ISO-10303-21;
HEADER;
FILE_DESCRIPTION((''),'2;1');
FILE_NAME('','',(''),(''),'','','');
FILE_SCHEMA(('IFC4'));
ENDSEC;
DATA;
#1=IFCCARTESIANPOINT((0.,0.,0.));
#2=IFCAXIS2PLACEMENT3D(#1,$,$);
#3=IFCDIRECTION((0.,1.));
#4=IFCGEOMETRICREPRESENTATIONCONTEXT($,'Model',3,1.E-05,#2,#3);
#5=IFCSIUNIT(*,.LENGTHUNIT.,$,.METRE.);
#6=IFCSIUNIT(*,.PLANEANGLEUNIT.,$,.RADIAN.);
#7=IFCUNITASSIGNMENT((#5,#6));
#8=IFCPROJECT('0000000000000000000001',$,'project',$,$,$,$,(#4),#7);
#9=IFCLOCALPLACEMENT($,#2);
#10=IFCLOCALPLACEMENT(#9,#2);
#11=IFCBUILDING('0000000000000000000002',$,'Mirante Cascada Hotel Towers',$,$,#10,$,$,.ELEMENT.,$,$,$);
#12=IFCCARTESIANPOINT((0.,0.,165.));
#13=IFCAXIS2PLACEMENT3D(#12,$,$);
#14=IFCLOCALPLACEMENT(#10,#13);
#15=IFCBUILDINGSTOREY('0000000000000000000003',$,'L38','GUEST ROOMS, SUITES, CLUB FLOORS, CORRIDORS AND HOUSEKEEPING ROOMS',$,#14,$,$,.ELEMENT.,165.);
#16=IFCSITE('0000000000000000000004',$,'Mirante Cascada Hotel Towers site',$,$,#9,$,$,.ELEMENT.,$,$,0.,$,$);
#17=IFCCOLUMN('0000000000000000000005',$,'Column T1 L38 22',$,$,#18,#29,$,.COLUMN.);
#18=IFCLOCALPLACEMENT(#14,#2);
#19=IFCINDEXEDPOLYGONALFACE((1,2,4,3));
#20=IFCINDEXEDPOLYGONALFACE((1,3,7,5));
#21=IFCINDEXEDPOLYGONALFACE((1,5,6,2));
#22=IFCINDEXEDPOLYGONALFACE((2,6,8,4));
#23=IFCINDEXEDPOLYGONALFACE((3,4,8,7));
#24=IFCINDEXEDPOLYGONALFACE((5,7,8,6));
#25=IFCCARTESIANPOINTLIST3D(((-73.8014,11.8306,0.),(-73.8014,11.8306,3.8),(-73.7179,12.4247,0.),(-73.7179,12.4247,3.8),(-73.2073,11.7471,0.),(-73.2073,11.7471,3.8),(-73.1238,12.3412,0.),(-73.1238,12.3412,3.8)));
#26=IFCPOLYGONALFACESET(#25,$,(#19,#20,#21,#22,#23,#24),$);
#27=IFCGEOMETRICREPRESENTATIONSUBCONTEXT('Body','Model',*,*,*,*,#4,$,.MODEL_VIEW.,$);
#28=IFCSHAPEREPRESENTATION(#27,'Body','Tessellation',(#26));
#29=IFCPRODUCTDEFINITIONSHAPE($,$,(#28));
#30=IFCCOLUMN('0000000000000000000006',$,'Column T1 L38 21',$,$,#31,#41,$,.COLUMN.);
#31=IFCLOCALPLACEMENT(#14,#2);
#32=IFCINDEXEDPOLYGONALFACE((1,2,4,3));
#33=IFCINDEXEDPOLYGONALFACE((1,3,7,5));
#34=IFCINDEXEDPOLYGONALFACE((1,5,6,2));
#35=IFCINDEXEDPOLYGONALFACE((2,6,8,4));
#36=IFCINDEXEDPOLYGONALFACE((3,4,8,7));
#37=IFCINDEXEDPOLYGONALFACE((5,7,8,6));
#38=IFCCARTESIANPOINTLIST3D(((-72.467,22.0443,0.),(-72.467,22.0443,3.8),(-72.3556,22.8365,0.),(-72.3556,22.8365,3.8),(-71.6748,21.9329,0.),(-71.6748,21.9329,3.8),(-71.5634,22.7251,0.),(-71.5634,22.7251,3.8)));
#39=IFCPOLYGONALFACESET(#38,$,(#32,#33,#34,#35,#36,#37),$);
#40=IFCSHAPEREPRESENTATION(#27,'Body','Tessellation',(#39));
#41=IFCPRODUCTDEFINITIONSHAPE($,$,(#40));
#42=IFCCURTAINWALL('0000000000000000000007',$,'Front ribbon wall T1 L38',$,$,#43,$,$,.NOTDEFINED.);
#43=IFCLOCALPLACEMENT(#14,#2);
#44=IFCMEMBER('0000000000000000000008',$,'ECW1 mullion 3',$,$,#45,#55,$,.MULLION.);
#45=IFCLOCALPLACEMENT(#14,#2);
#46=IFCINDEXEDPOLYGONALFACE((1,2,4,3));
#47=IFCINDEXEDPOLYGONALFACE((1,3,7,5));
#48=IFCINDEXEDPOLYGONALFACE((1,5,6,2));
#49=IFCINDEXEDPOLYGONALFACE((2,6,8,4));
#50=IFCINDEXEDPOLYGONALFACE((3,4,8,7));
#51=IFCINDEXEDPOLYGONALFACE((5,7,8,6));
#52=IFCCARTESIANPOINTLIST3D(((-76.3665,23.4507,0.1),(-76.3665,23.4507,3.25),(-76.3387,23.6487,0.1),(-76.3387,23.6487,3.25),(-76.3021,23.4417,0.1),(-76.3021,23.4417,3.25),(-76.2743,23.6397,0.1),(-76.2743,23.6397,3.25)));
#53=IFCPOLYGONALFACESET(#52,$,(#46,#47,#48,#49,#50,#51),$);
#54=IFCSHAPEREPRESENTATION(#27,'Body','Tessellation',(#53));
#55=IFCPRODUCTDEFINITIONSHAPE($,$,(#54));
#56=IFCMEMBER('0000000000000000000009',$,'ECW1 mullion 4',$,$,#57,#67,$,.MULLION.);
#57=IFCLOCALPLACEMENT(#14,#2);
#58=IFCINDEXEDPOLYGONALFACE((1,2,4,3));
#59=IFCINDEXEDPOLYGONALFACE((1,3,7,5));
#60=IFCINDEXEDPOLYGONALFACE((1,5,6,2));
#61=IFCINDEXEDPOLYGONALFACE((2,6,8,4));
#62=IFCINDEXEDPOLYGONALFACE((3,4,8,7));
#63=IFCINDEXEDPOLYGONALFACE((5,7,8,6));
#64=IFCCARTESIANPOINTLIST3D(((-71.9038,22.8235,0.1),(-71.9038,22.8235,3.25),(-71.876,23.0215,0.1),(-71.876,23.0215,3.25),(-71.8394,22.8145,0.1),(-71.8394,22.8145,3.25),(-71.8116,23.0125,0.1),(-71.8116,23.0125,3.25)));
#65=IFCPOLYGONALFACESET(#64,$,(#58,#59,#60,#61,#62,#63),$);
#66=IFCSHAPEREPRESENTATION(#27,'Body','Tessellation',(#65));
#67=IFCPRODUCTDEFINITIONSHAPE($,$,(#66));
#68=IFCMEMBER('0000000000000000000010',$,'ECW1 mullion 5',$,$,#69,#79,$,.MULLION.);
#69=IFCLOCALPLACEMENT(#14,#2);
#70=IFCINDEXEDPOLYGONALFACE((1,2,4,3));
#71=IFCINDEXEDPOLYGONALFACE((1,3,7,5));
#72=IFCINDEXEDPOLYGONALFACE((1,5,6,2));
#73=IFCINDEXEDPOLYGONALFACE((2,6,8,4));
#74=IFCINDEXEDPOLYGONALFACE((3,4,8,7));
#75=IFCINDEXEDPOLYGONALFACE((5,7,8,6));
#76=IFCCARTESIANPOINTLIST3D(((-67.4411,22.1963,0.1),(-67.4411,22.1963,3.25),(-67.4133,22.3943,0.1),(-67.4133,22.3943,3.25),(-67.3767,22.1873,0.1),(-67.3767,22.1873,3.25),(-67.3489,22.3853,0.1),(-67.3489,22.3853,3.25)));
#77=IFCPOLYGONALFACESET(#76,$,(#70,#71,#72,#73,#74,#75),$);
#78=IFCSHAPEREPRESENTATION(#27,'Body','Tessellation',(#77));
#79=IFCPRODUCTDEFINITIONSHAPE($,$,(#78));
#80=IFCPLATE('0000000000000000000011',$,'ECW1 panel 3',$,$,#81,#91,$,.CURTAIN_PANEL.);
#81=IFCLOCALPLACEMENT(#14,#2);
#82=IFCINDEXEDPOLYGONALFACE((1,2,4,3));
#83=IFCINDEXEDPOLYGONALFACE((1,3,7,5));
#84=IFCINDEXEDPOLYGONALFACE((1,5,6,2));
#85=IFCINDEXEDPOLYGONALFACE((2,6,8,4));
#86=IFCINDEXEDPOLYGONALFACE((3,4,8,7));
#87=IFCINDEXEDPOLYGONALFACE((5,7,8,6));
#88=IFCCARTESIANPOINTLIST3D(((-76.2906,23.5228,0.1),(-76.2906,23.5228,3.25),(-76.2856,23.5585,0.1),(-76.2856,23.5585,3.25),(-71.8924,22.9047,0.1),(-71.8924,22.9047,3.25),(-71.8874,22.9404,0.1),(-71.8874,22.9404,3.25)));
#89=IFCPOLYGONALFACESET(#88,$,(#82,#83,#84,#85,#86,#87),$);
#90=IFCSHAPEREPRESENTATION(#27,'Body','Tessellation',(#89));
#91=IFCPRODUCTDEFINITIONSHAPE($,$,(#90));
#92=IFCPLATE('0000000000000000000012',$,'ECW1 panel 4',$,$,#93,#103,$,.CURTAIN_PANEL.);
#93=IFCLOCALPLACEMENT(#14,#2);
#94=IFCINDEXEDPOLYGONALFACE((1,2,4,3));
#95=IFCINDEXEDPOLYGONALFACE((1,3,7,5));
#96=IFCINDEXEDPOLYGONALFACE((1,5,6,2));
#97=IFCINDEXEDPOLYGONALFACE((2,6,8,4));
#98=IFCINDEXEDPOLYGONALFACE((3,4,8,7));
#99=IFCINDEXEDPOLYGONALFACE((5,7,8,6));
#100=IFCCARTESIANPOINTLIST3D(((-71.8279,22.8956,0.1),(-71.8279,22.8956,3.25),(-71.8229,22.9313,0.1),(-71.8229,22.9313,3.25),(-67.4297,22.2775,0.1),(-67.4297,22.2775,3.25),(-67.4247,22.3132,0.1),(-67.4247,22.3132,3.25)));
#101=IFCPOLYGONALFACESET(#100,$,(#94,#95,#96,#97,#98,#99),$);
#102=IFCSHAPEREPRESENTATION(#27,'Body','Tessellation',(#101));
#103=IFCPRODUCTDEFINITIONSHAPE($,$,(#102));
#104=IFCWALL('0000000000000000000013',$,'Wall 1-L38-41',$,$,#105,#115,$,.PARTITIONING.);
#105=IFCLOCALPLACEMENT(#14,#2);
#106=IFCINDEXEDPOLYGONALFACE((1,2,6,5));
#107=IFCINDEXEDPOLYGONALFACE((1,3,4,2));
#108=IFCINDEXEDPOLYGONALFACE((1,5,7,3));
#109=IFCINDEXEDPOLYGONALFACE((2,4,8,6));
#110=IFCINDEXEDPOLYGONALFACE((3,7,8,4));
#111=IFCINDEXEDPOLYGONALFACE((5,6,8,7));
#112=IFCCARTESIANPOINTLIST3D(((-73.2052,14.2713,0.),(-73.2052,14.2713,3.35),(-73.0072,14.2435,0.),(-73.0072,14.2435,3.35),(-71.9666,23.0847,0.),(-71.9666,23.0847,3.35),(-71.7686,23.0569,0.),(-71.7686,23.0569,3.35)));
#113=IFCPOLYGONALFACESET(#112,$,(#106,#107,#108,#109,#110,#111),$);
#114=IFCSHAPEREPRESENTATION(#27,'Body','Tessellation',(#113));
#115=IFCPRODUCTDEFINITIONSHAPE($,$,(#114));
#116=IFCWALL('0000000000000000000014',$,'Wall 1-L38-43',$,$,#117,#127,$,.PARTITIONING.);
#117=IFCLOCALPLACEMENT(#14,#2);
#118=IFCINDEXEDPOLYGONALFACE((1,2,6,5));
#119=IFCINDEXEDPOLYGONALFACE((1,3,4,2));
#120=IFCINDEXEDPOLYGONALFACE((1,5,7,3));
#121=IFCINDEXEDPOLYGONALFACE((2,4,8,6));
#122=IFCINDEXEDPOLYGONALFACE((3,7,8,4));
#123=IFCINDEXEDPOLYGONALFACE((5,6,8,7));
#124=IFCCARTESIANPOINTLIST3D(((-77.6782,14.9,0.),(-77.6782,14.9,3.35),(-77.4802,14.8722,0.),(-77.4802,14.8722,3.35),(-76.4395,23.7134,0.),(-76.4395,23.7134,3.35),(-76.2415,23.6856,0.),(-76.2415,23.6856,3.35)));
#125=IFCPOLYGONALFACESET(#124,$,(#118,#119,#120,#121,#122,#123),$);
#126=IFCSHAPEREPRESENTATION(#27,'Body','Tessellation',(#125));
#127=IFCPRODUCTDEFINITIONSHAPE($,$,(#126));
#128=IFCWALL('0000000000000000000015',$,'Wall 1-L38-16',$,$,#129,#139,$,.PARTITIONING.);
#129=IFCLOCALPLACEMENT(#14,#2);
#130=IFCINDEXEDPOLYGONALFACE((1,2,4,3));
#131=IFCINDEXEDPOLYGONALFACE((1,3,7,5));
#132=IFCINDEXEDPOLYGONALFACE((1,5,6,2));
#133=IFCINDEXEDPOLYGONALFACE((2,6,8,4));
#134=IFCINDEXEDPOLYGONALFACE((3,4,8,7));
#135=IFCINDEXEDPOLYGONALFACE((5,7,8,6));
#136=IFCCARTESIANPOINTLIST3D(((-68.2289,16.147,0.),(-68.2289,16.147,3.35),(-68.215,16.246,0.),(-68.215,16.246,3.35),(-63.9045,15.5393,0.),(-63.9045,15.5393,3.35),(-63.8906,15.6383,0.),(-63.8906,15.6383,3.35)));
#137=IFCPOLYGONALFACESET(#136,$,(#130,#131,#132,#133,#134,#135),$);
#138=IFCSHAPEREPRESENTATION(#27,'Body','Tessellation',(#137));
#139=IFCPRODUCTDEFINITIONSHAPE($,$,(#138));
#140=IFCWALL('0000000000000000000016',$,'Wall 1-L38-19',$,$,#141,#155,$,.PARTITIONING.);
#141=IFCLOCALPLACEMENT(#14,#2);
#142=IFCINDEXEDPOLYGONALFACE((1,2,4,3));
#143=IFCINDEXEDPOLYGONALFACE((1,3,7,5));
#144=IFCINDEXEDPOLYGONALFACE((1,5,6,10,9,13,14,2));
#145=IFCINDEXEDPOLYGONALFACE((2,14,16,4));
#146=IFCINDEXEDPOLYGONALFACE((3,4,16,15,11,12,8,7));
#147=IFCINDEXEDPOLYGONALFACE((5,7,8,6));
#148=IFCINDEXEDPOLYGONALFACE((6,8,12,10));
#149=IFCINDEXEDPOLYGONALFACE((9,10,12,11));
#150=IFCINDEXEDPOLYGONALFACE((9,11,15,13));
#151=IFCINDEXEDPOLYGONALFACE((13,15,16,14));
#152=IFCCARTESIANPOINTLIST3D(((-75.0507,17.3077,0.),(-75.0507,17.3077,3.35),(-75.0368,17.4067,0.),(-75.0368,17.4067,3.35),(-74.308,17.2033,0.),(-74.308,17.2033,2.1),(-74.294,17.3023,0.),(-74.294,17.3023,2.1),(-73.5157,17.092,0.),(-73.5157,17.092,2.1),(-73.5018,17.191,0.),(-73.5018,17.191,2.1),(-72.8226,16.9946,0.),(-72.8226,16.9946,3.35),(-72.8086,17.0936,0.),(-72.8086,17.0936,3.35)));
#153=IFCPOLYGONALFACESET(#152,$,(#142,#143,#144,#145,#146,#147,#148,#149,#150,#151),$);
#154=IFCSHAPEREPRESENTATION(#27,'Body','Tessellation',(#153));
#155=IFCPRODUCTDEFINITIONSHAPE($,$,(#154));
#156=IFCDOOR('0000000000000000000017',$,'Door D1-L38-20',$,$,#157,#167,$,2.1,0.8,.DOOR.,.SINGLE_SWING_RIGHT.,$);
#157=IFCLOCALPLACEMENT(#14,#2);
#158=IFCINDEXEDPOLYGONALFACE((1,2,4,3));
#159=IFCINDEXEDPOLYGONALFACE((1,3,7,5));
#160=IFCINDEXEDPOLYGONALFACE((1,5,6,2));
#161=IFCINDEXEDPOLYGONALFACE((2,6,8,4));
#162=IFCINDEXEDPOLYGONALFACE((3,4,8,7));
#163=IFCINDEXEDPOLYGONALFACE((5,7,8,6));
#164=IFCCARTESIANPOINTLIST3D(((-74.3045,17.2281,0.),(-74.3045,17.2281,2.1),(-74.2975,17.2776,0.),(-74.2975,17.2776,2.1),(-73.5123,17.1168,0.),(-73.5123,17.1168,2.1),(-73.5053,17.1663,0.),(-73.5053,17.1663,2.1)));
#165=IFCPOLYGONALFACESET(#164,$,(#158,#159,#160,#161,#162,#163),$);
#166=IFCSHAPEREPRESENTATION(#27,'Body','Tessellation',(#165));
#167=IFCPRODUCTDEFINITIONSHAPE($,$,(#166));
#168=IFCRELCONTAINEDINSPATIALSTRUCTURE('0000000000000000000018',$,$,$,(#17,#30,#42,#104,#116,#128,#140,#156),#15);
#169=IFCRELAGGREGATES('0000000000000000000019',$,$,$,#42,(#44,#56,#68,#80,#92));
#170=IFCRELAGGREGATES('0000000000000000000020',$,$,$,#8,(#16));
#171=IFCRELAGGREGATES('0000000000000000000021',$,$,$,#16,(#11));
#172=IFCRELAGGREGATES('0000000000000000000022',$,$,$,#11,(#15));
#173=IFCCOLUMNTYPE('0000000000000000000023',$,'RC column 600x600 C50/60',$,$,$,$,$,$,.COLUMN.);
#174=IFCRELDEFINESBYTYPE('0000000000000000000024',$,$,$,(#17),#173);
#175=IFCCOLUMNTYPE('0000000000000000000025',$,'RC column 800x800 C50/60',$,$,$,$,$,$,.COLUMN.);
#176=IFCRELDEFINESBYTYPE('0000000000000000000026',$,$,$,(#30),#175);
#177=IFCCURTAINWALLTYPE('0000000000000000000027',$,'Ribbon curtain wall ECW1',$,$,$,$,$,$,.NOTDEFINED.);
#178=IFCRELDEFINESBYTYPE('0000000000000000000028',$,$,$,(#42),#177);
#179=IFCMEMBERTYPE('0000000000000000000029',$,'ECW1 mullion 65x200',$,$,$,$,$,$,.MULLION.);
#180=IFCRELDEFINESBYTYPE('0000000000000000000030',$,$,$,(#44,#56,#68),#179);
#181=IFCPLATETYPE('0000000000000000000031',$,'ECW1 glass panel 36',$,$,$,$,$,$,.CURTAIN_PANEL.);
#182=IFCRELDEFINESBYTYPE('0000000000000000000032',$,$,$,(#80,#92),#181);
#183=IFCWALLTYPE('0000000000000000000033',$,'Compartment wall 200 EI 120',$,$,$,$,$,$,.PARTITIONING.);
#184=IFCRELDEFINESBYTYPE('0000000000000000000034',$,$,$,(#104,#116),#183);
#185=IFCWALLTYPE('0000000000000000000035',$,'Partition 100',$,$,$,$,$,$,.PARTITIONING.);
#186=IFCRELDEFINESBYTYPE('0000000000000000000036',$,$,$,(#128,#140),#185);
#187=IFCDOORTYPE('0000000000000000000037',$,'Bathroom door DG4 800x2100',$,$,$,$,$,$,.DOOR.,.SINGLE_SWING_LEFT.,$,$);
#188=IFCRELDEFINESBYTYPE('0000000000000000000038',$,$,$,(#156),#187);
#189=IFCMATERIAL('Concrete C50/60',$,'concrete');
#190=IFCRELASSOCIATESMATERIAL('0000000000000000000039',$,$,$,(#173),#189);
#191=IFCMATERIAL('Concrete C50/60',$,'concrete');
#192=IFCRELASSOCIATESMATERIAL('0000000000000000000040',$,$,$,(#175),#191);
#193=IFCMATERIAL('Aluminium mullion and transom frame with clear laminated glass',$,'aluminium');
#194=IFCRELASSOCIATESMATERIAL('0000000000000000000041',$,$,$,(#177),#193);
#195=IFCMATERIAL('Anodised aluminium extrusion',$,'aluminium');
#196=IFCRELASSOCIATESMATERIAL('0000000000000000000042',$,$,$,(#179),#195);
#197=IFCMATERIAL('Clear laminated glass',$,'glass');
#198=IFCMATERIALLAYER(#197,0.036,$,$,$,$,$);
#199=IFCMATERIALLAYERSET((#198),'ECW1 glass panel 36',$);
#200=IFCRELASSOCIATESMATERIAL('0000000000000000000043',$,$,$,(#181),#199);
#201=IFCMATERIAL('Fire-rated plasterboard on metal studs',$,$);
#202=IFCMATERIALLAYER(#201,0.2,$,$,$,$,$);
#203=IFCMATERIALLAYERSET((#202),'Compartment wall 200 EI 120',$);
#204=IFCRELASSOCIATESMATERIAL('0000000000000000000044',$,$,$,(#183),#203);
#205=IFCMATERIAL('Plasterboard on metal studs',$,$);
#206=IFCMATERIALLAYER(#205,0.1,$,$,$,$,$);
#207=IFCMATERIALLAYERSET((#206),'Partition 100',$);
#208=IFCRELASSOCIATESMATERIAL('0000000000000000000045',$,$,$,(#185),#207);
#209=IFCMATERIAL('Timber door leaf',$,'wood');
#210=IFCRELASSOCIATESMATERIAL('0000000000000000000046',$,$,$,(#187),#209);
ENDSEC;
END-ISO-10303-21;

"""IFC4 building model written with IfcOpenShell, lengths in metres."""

from ifc_helpers import new_model, si_unit, direction, frame, frame_2d, origin, origin_2d, place, context, subcontext, project, spatial, rectangle, extrude, material, layer, layer_set, material_profile, profile_set, type_object, element, fill, aggregate, save


model = new_model("IFC4")

# Units and contexts
model_context = context("Model", 3, precision=1e-05, world=origin(), true_north=direction((0.0, 1.0)))
body_context = subcontext(model_context, "Body", "Model", "MODEL_VIEW")
ifc_project = project(units=[si_unit("LENGTHUNIT", "METRE"), si_unit("PLANEANGLEUNIT", "RADIAN")], contexts=[model_context])

# Site, building, storey
site_placement = place(None, origin())
site = spatial("IfcSite", under=ifc_project, at=site_placement, Name="Mirante Cascada Hotel Towers site", CompositionType="ELEMENT", RefElevation=0.0)
building_placement = place(site_placement, origin())
building = spatial("IfcBuilding", under=site, at=building_placement, Name="Mirante Cascada Hotel Towers", CompositionType="ELEMENT")
storey_placement = place(building_placement, frame((0.0, 0.0, 165.0)))
storey = spatial("IfcBuildingStorey", under=building, at=storey_placement, Name="L38", Description="GUEST ROOMS, SUITES, CLUB FLOORS, CORRIDORS AND HOUSEKEEPING ROOMS", CompositionType="ELEMENT", Elevation=165.0)

# Columns
ifc_material_1 = material(Name="Concrete C50/60", Category="concrete")
ifc_material_profile_1 = material_profile(ifc_material_1, rectangle(XDim=0.6, YDim=0.6, at=origin_2d()), Name="RC column 600x600 C50/60")
ifc_profile_set_1 = profile_set([ifc_material_profile_1], Name="Concrete C50/60")
column_type_1 = type_object("IfcColumnType", Name="RC column 600x600 C50/60", PredefinedType="COLUMN", material=ifc_profile_set_1)
column_1_placement = place(storey_placement, frame((-73.4626, 12.0859, 0.0), z_axis=(0.0, 0.0, 1.0), x_axis=(-0.990268, 0.139173, 0.0)))
element("IfcColumn", 1, at=column_1_placement, inside=storey, type_object=column_type_1, Name="Column T1 L38 22", PredefinedType="COLUMN", context=body_context, shape_type="SweptSolid", body=[
    extrude(rectangle(XDim=0.6, YDim=0.6, at=origin_2d()), origin(), (0.0, 0.0, 1.0), 3.8),
])
ifc_material_2 = material(Name="Concrete C50/60", Category="concrete")
ifc_material_profile_2 = material_profile(ifc_material_2, rectangle(XDim=0.8, YDim=0.8, at=origin_2d()), Name="RC column 800x800 C50/60")
ifc_profile_set_2 = profile_set([ifc_material_profile_2], Name="Concrete C50/60")
column_type_2 = type_object("IfcColumnType", Name="RC column 800x800 C50/60", PredefinedType="COLUMN", material=ifc_profile_set_2)
column_2_placement = place(storey_placement, frame((-72.0152, 22.3847, 0.0), z_axis=(0.0, 0.0, 1.0), x_axis=(-0.990268, 0.139173, 0.0)))
element("IfcColumn", 2, at=column_2_placement, inside=storey, type_object=column_type_2, Name="Column T1 L38 21", PredefinedType="COLUMN", context=body_context, shape_type="SweptSolid", body=[
    extrude(rectangle(XDim=0.8, YDim=0.8, at=origin_2d()), origin(), (0.0, 0.0, 1.0), 3.8),
])

# Curtain wall, members, plates
ifc_material_3 = material(Name="Aluminium mullion and transom frame with clear laminated glass", Category="aluminium")
curtain_wall_type = type_object("IfcCurtainWallType", Name="Ribbon curtain wall ECW1", PredefinedType="NOTDEFINED", material=ifc_material_3)
curtain_wall_placement = place(storey_placement, origin())
curtain_wall = element("IfcCurtainWall", 3, at=curtain_wall_placement, inside=storey, type_object=curtain_wall_type, Name="Front ribbon wall T1 L38", PredefinedType="NOTDEFINED")
ifc_material_4 = material(Name="Anodised aluminium extrusion", Category="aluminium")
ifc_material_profile_3 = material_profile(ifc_material_4, rectangle(XDim=0.2, YDim=0.065, at=origin_2d()), Name="ECW1 MULLION 65x200")
ifc_profile_set_3 = profile_set([ifc_material_profile_3], Name="Anodised aluminium extrusion")
member_type = type_object("IfcMemberType", Name="ECW1 mullion 65x200", PredefinedType="MULLION", material=ifc_profile_set_3)
member_1_placement = place(storey_placement, frame((-76.3204, 23.5452, 0.1), z_axis=(0.0, 0.0, 1.0), x_axis=(0.139173, 0.990268, 0.0)))
member_1 = element("IfcMember", 4, at=member_1_placement, type_object=member_type, Name="ECW1 mullion 3", PredefinedType="MULLION", context=body_context, shape_type="SweptSolid", body=[
    extrude(rectangle(XDim=0.2, YDim=0.065, at=origin_2d()), origin(), (0.0, 0.0, 1.0), 3.15),
])
member_2_placement = place(storey_placement, frame((-71.8577, 22.918, 0.1), z_axis=(0.0, 0.0, 1.0), x_axis=(0.139173, 0.990268, 0.0)))
member_2 = element("IfcMember", 5, at=member_2_placement, type_object=member_type, Name="ECW1 mullion 4", PredefinedType="MULLION", context=body_context, shape_type="SweptSolid", body=[
    extrude(rectangle(XDim=0.2, YDim=0.065, at=origin_2d()), origin(), (0.0, 0.0, 1.0), 3.15),
])
member_3_placement = place(storey_placement, frame((-67.395, 22.2908, 0.1), z_axis=(0.0, 0.0, 1.0), x_axis=(0.139173, 0.990268, 0.0)))
member_3 = element("IfcMember", 6, at=member_3_placement, type_object=member_type, Name="ECW1 mullion 5", PredefinedType="MULLION", context=body_context, shape_type="SweptSolid", body=[
    extrude(rectangle(XDim=0.2, YDim=0.065, at=origin_2d()), origin(), (0.0, 0.0, 1.0), 3.15),
])
ifc_material_5 = material(Name="Clear laminated glass", Category="glass")
ifc_layer_1 = layer(ifc_material_5, 0.036)
ifc_layer_set_1 = layer_set([ifc_layer_1], Name="ECW1 glass panel 36")
plate_type = type_object("IfcPlateType", Name="ECW1 glass panel 36", PredefinedType="CURTAIN_PANEL", material=ifc_layer_set_1)
plate_1_placement = place(storey_placement, frame((-74.089, 23.2316, 0.1), z_axis=(0.0, 0.0, 1.0), x_axis=(0.990268, -0.139173, 0.0)))
plate_1 = element("IfcPlate", 7, at=plate_1_placement, type_object=plate_type, Name="ECW1 panel 3", PredefinedType="CURTAIN_PANEL", context=body_context, shape_type="SweptSolid", body=[
    extrude(rectangle(XDim=4.4415, YDim=0.036, at=origin_2d()), origin(), (0.0, 0.0, 1.0), 3.15),
])
plate_2_placement = place(storey_placement, frame((-69.6263, 22.6044, 0.1), z_axis=(0.0, 0.0, 1.0), x_axis=(0.990268, -0.139173, 0.0)))
plate_2 = element("IfcPlate", 8, at=plate_2_placement, type_object=plate_type, Name="ECW1 panel 4", PredefinedType="CURTAIN_PANEL", context=body_context, shape_type="SweptSolid", body=[
    extrude(rectangle(XDim=4.4415, YDim=0.036, at=origin_2d()), origin(), (0.0, 0.0, 1.0), 3.15),
])
aggregate(curtain_wall, [member_1, member_2, member_3, plate_1, plate_2])

# Walls
ifc_material_6 = material(Name="Fire-rated plasterboard on metal studs")
ifc_layer_2 = layer(ifc_material_6, 0.2)
ifc_layer_set_2 = layer_set([ifc_layer_2], Name="Compartment wall 200 EI 120")
wall_type_1 = type_object("IfcWallType", Name="Compartment wall 200 EI 120", PredefinedType="PARTITIONING", material=ifc_layer_set_2)
for number, where, z_axis, x_axis, name in (
    (9, (-73.1062, 14.2574, 0.0), (0.0, 0.0, 1.0), (0.139168, 0.990269, 0.0), "Wall 1-L38-41"),
    (10, (-77.5792, 14.8861, 0.0), (0.0, 0.0, 1.0), (0.139179, 0.990267, 0.0), "Wall 1-L38-43"),
):
    element("IfcWall", number, at=place(storey_placement, frame(where, z_axis=z_axis, x_axis=x_axis)), inside=storey, type_object=wall_type_1, Name=name, PredefinedType="PARTITIONING", context=body_context, shape_type="SweptSolid", body=[
        extrude(rectangle(XDim=8.9, YDim=0.2, at=frame_2d((4.45, 0.0))), origin(), (0.0, 0.0, 1.0), 3.35),
    ])
ifc_material_7 = material(Name="Plasterboard on metal studs")
ifc_layer_3 = layer(ifc_material_7, 0.1)
ifc_layer_set_3 = layer_set([ifc_layer_3], Name="Partition 100")
wall_type_2 = type_object("IfcWallType", Name="Partition 100", PredefinedType="PARTITIONING", material=ifc_layer_set_3)
wall_1_placement = place(storey_placement, frame((-68.2219, 16.1965, 0.0), z_axis=(0.0, 0.0, 1.0), x_axis=(0.99027, -0.139161, 0.0)))
element("IfcWall", 11, at=wall_1_placement, inside=storey, type_object=wall_type_2, Name="Wall 1-L38-16", PredefinedType="PARTITIONING", context=body_context, shape_type="SweptSolid", body=[
    extrude(rectangle(XDim=4.3669, YDim=0.1, at=frame_2d((2.1834, 0.0))), origin(), (0.0, 0.0, 1.0), 3.35),
])

# Wall, opening, door
wall_2_placement = place(storey_placement, frame((-72.8156, 17.0441, 0.0), z_axis=(0.0, 0.0, 1.0), x_axis=(-0.990271, 0.139156, 0.0)))
wall_2 = element("IfcWall", 12, at=wall_2_placement, inside=storey, type_object=wall_type_2, Name="Wall 1-L38-19", PredefinedType="PARTITIONING", context=body_context, shape_type="SweptSolid", body=[
    extrude(rectangle(XDim=2.25, YDim=0.1, at=frame_2d((1.125, 0.0))), origin(), (0.0, 0.0, 1.0), 3.35),
])
opening_1_placement = place(wall_2_placement, frame((0.7, 0.0, 0.0)))
opening_1 = element("IfcOpeningElement", 13, at=opening_1_placement, cuts=wall_2, PredefinedType="OPENING", context=body_context, shape_type="SweptSolid", body=[
    extrude(rectangle(XDim=0.8, YDim=2.1, at=frame_2d((0.4, 1.05))), frame((0.0, 0.05, 0.0), z_axis=(0.0, -1.0, 0.0), x_axis=(1.0, 0.0, 0.0)), (0.0, 0.0, 1.0), 0.1),
])
ifc_material_8 = material(Name="Timber door leaf", Category="wood")
door_type_1 = type_object("IfcDoorType", Name="Bathroom door DG4 800x2100", OperationType="SINGLE_SWING_LEFT", PredefinedType="DOOR", material=ifc_material_8)
door_1_placement = place(opening_1_placement, frame((0.8, 0.0, 0.0), z_axis=(0.0, 0.0, 1.0), x_axis=(-1.0, 0.0, 0.0)))
door_1 = element("IfcDoor", 14, at=door_1_placement, inside=storey, type_object=door_type_1, Name="Door D1-L38-20", OperationType="SINGLE_SWING_RIGHT", OverallHeight=2.1, OverallWidth=0.8, PredefinedType="DOOR", context=body_context, shape_type="SweptSolid", body=[
    extrude(rectangle(XDim=0.8, YDim=2.1, at=frame_2d((0.4, 1.05))), frame((0.0, 0.025, 0.0), z_axis=(0.0, -1.0, 0.0), x_axis=(1.0, 0.0, 0.0)), (0.0, 0.0, 1.0), 0.05),
])
fill(opening_1, door_1)

save(model, "model.ifc")
